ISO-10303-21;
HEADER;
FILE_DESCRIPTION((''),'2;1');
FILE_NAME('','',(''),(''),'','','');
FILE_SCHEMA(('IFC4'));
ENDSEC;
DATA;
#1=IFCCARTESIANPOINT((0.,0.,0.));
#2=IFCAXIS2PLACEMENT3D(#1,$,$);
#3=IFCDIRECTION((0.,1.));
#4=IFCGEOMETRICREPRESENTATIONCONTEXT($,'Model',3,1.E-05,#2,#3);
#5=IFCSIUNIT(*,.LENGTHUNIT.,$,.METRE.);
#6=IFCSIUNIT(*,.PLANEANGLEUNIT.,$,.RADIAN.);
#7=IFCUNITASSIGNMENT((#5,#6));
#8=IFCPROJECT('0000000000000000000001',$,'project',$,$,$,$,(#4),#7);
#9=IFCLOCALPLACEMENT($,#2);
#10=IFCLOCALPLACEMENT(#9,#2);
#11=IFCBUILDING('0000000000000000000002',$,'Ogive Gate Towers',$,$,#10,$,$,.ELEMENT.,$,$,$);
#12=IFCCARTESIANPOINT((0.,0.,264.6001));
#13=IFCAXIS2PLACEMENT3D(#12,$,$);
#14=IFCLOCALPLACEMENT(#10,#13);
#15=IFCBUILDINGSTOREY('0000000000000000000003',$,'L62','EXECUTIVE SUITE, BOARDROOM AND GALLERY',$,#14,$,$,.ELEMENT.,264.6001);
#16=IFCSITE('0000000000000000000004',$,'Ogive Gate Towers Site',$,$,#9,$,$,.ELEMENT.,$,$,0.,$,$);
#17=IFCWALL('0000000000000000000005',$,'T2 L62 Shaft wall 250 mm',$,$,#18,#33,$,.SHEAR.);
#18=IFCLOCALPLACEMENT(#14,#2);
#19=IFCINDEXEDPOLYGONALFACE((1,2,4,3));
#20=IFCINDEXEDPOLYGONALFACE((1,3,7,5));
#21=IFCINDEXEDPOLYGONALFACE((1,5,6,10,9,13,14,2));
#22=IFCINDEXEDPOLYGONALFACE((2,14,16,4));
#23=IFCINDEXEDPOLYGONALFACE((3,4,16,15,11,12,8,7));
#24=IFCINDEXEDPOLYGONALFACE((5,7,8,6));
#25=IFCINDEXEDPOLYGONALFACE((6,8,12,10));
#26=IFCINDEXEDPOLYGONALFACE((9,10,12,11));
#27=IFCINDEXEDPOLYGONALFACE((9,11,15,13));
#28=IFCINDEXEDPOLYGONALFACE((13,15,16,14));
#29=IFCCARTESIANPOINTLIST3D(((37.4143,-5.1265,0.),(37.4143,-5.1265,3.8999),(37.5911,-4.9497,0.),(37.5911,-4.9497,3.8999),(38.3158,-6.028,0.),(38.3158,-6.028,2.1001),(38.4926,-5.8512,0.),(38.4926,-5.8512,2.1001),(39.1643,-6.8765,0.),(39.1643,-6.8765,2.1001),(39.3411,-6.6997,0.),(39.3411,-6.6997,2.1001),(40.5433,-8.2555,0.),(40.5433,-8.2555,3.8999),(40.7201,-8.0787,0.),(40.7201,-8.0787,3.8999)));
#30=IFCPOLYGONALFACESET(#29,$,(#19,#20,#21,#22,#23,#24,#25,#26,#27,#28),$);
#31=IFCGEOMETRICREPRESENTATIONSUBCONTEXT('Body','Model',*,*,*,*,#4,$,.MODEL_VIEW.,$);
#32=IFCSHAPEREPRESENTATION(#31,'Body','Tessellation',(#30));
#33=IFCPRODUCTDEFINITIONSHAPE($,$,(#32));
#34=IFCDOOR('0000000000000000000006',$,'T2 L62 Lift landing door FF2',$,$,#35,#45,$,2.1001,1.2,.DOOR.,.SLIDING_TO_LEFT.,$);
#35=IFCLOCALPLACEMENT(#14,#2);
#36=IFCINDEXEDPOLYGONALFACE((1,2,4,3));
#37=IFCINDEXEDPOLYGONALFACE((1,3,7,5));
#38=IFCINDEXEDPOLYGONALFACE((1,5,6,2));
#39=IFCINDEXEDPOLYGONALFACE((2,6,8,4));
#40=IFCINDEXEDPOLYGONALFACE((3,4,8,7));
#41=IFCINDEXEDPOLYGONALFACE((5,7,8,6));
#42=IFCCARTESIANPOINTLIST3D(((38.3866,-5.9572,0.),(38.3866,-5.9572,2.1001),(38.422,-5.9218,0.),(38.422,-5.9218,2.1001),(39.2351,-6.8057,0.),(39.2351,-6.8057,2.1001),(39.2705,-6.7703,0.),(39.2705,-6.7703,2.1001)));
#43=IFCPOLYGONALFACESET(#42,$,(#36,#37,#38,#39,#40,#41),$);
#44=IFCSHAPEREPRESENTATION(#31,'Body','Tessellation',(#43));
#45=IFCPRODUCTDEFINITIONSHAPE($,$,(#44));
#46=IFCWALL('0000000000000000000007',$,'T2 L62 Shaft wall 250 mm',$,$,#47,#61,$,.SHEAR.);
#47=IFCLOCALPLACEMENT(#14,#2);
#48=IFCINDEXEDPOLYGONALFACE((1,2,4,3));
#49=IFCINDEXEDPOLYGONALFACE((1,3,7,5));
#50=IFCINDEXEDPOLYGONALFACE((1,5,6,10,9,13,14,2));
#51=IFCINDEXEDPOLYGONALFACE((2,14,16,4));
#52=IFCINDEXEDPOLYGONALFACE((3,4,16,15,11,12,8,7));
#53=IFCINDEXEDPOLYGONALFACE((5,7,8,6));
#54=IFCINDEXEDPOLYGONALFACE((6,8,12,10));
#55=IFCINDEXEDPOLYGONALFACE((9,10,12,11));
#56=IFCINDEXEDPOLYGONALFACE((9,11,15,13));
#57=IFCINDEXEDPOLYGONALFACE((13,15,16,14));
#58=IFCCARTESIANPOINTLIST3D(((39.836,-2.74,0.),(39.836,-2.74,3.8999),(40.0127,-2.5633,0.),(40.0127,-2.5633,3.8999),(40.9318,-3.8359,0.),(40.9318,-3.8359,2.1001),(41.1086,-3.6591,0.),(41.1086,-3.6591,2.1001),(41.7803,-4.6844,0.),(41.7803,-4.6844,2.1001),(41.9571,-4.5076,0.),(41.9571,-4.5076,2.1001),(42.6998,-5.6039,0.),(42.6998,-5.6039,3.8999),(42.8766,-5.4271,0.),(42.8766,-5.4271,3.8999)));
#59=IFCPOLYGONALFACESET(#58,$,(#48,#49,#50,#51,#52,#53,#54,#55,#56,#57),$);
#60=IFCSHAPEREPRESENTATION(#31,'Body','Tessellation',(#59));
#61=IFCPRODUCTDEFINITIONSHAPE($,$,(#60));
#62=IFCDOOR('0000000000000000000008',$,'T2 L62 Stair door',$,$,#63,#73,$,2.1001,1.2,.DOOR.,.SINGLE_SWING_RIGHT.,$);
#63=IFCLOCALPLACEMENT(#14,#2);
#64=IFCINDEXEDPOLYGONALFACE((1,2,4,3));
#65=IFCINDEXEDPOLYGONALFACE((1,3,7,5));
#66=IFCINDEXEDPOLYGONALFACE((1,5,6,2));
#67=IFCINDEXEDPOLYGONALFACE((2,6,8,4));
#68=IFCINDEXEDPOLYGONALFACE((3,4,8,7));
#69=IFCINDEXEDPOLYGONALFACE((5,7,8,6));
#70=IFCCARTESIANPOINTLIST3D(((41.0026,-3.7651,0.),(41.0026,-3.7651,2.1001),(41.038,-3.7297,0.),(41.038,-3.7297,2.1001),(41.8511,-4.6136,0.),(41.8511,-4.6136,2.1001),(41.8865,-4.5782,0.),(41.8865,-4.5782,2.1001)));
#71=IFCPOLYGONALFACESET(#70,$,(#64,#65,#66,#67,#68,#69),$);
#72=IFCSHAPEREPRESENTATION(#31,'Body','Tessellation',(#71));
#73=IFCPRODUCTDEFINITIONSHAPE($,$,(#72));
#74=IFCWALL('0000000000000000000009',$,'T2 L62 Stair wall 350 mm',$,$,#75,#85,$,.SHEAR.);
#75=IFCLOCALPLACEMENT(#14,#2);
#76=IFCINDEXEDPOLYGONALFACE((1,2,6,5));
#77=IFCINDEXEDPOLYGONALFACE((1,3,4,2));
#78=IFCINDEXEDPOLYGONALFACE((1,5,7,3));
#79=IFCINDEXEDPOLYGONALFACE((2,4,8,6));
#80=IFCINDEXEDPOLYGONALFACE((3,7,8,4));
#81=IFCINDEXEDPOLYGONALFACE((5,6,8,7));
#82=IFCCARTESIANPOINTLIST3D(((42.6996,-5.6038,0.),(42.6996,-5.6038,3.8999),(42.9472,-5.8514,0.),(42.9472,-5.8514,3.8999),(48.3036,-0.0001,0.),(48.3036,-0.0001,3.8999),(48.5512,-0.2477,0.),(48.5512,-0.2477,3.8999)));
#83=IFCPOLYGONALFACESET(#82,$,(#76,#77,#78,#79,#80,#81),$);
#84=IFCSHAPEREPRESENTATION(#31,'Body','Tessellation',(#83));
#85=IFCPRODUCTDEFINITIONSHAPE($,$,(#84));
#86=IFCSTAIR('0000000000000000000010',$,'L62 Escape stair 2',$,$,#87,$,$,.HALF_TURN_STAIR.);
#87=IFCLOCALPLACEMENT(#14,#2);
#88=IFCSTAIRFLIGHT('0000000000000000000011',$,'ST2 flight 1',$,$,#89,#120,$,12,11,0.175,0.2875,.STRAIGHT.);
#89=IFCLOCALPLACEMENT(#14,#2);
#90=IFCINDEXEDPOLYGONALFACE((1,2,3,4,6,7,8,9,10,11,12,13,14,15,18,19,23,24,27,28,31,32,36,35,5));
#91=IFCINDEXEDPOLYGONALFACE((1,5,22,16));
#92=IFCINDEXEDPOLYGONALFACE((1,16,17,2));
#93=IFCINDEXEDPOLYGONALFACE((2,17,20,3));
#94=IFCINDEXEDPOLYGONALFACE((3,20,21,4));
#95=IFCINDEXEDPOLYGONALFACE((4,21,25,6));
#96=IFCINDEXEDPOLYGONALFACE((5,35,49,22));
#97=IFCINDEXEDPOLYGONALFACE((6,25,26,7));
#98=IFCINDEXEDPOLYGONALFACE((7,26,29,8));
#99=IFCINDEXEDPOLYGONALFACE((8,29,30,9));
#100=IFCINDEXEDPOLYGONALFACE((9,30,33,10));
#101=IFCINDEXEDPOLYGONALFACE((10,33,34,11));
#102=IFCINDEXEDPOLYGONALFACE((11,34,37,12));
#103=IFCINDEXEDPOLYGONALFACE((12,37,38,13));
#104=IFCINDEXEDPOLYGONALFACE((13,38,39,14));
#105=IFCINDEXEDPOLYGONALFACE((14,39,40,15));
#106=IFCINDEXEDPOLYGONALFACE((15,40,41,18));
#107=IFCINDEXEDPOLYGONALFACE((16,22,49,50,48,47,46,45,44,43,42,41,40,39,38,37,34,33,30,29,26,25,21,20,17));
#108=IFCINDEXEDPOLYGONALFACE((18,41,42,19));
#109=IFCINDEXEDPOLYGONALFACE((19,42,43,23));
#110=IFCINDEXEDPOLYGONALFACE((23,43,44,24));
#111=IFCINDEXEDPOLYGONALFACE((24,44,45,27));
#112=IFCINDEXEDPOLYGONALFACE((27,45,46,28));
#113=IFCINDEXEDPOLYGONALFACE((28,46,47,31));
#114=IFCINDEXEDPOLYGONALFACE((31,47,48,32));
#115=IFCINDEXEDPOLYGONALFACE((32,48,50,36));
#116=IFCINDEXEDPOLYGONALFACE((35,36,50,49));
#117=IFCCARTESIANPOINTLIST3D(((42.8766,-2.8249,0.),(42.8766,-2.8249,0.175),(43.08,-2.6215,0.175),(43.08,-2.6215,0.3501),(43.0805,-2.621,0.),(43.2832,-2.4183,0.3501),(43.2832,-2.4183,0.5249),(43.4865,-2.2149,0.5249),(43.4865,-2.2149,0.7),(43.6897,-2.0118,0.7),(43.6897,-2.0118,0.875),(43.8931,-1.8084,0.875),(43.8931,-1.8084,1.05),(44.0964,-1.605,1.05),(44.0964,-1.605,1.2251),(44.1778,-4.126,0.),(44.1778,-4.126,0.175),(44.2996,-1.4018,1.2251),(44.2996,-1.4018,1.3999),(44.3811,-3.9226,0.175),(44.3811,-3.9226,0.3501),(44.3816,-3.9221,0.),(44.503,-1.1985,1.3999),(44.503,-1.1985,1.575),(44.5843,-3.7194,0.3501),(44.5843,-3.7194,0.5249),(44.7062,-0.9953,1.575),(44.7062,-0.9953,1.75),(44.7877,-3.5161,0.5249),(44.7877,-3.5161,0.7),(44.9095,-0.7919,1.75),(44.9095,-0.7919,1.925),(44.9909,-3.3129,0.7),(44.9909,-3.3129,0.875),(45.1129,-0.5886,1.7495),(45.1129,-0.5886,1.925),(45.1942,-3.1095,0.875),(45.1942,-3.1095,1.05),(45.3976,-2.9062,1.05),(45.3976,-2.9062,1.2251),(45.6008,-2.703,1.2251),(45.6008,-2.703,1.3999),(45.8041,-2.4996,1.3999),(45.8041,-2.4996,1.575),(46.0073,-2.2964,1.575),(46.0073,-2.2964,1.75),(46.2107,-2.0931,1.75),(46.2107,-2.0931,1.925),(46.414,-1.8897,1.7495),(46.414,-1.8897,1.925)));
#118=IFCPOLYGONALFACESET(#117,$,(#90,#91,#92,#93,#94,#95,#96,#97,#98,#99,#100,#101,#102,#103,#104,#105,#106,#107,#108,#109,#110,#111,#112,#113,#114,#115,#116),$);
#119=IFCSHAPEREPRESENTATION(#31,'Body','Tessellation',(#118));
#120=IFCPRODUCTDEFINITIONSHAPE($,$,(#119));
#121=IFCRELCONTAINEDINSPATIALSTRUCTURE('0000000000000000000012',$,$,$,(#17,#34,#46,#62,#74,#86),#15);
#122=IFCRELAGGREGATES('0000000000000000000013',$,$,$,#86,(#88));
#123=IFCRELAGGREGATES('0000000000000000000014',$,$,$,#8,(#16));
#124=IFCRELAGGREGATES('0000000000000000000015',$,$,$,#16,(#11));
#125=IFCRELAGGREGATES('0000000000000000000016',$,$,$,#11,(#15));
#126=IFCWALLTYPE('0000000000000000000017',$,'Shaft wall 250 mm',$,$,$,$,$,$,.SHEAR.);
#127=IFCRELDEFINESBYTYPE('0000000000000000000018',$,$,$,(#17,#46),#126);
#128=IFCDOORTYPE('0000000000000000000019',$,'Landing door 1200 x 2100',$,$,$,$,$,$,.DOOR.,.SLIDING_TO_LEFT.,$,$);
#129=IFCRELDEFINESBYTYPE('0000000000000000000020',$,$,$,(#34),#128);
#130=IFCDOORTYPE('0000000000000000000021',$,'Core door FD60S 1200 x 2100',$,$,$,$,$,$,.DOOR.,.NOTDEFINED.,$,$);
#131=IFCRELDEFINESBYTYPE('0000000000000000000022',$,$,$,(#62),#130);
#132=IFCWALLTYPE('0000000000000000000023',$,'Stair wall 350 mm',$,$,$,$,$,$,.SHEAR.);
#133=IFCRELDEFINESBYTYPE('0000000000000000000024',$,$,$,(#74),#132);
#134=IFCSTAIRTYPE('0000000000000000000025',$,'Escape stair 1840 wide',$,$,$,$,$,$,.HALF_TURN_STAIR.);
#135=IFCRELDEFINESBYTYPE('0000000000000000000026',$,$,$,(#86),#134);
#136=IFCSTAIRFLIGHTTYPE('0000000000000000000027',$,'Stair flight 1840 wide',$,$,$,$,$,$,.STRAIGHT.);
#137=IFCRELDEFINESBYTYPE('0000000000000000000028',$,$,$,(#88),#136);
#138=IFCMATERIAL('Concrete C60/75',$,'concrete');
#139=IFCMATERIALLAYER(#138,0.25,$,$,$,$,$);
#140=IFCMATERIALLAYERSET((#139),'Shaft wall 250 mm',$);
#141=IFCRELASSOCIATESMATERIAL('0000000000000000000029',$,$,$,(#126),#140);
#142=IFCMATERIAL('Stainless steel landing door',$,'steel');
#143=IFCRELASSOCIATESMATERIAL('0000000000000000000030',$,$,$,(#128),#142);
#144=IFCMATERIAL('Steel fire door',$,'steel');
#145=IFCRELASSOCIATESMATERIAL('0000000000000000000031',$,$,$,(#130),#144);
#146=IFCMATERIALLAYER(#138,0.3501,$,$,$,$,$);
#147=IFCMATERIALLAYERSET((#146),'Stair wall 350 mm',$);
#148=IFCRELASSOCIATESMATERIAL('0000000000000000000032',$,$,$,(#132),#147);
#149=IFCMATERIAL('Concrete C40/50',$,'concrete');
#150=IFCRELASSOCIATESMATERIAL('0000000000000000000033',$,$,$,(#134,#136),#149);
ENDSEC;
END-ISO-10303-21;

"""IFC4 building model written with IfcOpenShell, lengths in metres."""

from ifc_helpers import new_model, si_unit, direction, frame, frame_2d, origin, place, context, subcontext, project, spatial, polyline, rectangle, outline, extrude, material, layer, layer_set, type_object, element, fill, aggregate, save


model = new_model("IFC4")

# Units and contexts
model_context = context("Model", 3, precision=1e-05, world=origin(), true_north=direction((0.0, 1.0)))
body_context = subcontext(model_context, "Body", "Model", "MODEL_VIEW")
ifc_project = project(units=[si_unit("LENGTHUNIT", "METRE"), si_unit("PLANEANGLEUNIT", "RADIAN")], contexts=[model_context])

# Site, building, storey
site_placement = place(None, origin())
site = spatial("IfcSite", under=ifc_project, at=site_placement, Name="Ogive Gate Towers Site", CompositionType="ELEMENT", RefElevation=0.0)
building_placement = place(site_placement, origin())
building = spatial("IfcBuilding", under=site, at=building_placement, Name="Ogive Gate Towers", CompositionType="ELEMENT")
storey_placement = place(building_placement, frame((0.0, 0.0, 264.6001)))
storey = spatial("IfcBuildingStorey", under=building, at=storey_placement, Name="L62", Description="EXECUTIVE SUITE, BOARDROOM AND GALLERY", CompositionType="ELEMENT", Elevation=264.6001)

# Shared definitions
ifc_material_1 = material(Name="Concrete C60/75", Category="concrete")
ifc_layer_1 = layer(ifc_material_1, 0.25)
ifc_layer_set_1 = layer_set([ifc_layer_1], Name="Shaft wall 250 mm")
wall_type_1 = type_object("IfcWallType", Name="Shaft wall 250 mm", PredefinedType="SHEAR", material=ifc_layer_set_1)

# Walls, openings, doors
wall_1_placement = place(storey_placement, frame((40.6316, -8.167, 0.0), z_axis=(0.0, 0.0, 1.0), x_axis=(-0.707107, 0.707107, 0.0)))
wall_1 = element("IfcWall", 1, at=wall_1_placement, inside=storey, type_object=wall_type_1, Name="T2 L62 Shaft wall 250 mm", PredefinedType="SHEAR", context=body_context, shape_type="SweptSolid", body=[
    extrude(rectangle(XDim=4.425, YDim=0.25, at=frame_2d((2.2124, 0.0))), origin(), (0.0, 0.0, 1.0), 3.8999),
])
opening_1_placement = place(wall_1_placement, frame((1.95, 0.0, 0.0)))
opening_1 = element("IfcOpeningElement", 2, at=opening_1_placement, cuts=wall_1, PredefinedType="OPENING", context=body_context, shape_type="SweptSolid", body=[
    extrude(rectangle(XDim=1.2, YDim=2.1001, at=frame_2d((0.6001, 1.05))), frame((0.0, 0.135, 0.0), z_axis=(0.0, -1.0, 0.0), x_axis=(1.0, 0.0, 0.0)), (0.0, 0.0, 1.0), 0.27),
])
ifc_material_2 = material(Name="Stainless steel landing door", Category="steel")
door_type_1 = type_object("IfcDoorType", Name="Landing door 1200 x 2100", OperationType="SLIDING_TO_LEFT", PredefinedType="DOOR", material=ifc_material_2)
door_1_placement = place(opening_1_placement, origin())
door_1 = element("IfcDoor", 3, at=door_1_placement, inside=storey, type_object=door_type_1, Name="T2 L62 Lift landing door FF2", OperationType="SLIDING_TO_LEFT", OverallHeight=2.1001, OverallWidth=1.2, PredefinedType="DOOR", context=body_context, shape_type="SweptSolid", body=[
    extrude(rectangle(XDim=1.2, YDim=2.1001, at=frame_2d((0.6001, 1.05))), frame((0.0, 0.0249, 0.0), z_axis=(0.0, -1.0, 0.0), x_axis=(1.0, 0.0, 0.0)), (0.0, 0.0, 1.0), 0.05),
])
fill(opening_1, door_1)
wall_2_placement = place(storey_placement, frame((42.7881, -5.5154, 0.0), z_axis=(0.0, 0.0, 1.0), x_axis=(-0.707107, 0.707107, 0.0)))
wall_2 = element("IfcWall", 4, at=wall_2_placement, inside=storey, type_object=wall_type_1, Name="T2 L62 Shaft wall 250 mm", PredefinedType="SHEAR", context=body_context, shape_type="SweptSolid", body=[
    extrude(rectangle(XDim=4.05, YDim=0.25, at=frame_2d((2.0249, 0.0))), origin(), (0.0, 0.0, 1.0), 3.8999),
])
opening_2_placement = place(wall_2_placement, frame((1.3, 0.0, 0.0)))
opening_2 = element("IfcOpeningElement", 5, at=opening_2_placement, cuts=wall_2, PredefinedType="OPENING", context=body_context, shape_type="SweptSolid", body=[
    extrude(rectangle(XDim=1.2, YDim=2.1001, at=frame_2d((0.6001, 1.05))), frame((0.0, 0.135, 0.0), z_axis=(0.0, -1.0, 0.0), x_axis=(1.0, 0.0, 0.0)), (0.0, 0.0, 1.0), 0.27),
])
ifc_material_3 = material(Name="Steel fire door", Category="steel")
door_type_2 = type_object("IfcDoorType", Name="Core door FD60S 1200 x 2100", OperationType="NOTDEFINED", PredefinedType="DOOR", material=ifc_material_3)
door_2_placement = place(opening_2_placement, origin())
door_2 = element("IfcDoor", 6, at=door_2_placement, inside=storey, type_object=door_type_2, Name="T2 L62 Stair door", OperationType="SINGLE_SWING_RIGHT", OverallHeight=2.1001, OverallWidth=1.2, PredefinedType="DOOR", context=body_context, shape_type="SweptSolid", body=[
    extrude(rectangle(XDim=1.2, YDim=2.1001, at=frame_2d((0.6001, 1.05))), frame((0.0, 0.0249, 0.0), z_axis=(0.0, -1.0, 0.0), x_axis=(1.0, 0.0, 0.0)), (0.0, 0.0, 1.0), 0.05),
])
fill(opening_2, door_2)

# Wall
ifc_layer_2 = layer(ifc_material_1, 0.3501)
ifc_layer_set_2 = layer_set([ifc_layer_2], Name="Stair wall 350 mm")
wall_type_2 = type_object("IfcWallType", Name="Stair wall 350 mm", PredefinedType="SHEAR", material=ifc_layer_set_2)
wall_3_placement = place(storey_placement, frame((42.8235, -5.7275, 0.0), z_axis=(0.0, 0.0, 1.0), x_axis=(0.707122, 0.707091, 0.0)))
element("IfcWall", 7, at=wall_3_placement, inside=storey, type_object=wall_type_2, Name="T2 L62 Stair wall 350 mm", PredefinedType="SHEAR", context=body_context, shape_type="SweptSolid", body=[
    extrude(rectangle(XDim=7.925, YDim=0.3501, at=frame_2d((3.9624, 0.0))), origin(), (0.0, 0.0, 1.0), 3.8999),
])

# Stair, stair flight
ifc_material_4 = material(Name="Concrete C40/50", Category="concrete")
stair_type = type_object("IfcStairType", Name="Escape stair 1840 wide", PredefinedType="HALF_TURN_STAIR", material=ifc_material_4)
stair_placement = place(storey_placement, origin())
stair = element("IfcStair", 8, at=stair_placement, inside=storey, type_object=stair_type, Name="L62 Escape stair 2", PredefinedType="HALF_TURN_STAIR")
stair_flight_type = type_object("IfcStairFlightType", Name="Stair flight 1840 wide", PredefinedType="STRAIGHT", material=ifc_material_4)
stair_flight_placement = place(storey_placement, frame((43.5271, -3.4753, 0.0), z_axis=(0.0, 0.0, 1.0), x_axis=(0.707107, 0.707107, 0.0)))
stair_flight = element("IfcStairFlight", 9, at=stair_flight_placement, type_object=stair_flight_type, Name="ST2 flight 1", NumberOfRisers=12, NumberOfTreads=11, PredefinedType="STRAIGHT", RiserHeight=0.175, TreadLength=0.2875, context=body_context, shape_type="SweptSolid", body=[
    extrude(outline(polyline([(0.0, 0.0), (0.0, 0.175), (0.2876, 0.175), (0.2876, 0.3501), (0.575, 0.3501), (0.575, 0.5249), (0.8625, 0.5249), (0.8625, 0.7), (1.1499, 0.7), (1.1499, 0.875), (1.4375, 0.875), (1.4375, 1.05), (1.7251, 1.05), (1.7251, 1.2251), (2.0125, 1.2251), (2.0125, 1.3999), (2.3, 1.3999), (2.3, 1.575), (2.5874, 1.575), (2.5874, 1.75), (2.875, 1.75), (2.875, 1.925), (3.1626, 1.925), (3.1626, 2.1001), (3.1626, 1.7495), (0.2883, 0.0), (0.0, 0.0)])), frame((0.0, 0.9199, 0.0), z_axis=(0.0, -1.0, 0.0), x_axis=(1.0, 0.0, 0.0)), (0.0, 0.0, 1.0), 1.8401),
])
aggregate(stair, [stair_flight])

save(model, "model.ifc")
